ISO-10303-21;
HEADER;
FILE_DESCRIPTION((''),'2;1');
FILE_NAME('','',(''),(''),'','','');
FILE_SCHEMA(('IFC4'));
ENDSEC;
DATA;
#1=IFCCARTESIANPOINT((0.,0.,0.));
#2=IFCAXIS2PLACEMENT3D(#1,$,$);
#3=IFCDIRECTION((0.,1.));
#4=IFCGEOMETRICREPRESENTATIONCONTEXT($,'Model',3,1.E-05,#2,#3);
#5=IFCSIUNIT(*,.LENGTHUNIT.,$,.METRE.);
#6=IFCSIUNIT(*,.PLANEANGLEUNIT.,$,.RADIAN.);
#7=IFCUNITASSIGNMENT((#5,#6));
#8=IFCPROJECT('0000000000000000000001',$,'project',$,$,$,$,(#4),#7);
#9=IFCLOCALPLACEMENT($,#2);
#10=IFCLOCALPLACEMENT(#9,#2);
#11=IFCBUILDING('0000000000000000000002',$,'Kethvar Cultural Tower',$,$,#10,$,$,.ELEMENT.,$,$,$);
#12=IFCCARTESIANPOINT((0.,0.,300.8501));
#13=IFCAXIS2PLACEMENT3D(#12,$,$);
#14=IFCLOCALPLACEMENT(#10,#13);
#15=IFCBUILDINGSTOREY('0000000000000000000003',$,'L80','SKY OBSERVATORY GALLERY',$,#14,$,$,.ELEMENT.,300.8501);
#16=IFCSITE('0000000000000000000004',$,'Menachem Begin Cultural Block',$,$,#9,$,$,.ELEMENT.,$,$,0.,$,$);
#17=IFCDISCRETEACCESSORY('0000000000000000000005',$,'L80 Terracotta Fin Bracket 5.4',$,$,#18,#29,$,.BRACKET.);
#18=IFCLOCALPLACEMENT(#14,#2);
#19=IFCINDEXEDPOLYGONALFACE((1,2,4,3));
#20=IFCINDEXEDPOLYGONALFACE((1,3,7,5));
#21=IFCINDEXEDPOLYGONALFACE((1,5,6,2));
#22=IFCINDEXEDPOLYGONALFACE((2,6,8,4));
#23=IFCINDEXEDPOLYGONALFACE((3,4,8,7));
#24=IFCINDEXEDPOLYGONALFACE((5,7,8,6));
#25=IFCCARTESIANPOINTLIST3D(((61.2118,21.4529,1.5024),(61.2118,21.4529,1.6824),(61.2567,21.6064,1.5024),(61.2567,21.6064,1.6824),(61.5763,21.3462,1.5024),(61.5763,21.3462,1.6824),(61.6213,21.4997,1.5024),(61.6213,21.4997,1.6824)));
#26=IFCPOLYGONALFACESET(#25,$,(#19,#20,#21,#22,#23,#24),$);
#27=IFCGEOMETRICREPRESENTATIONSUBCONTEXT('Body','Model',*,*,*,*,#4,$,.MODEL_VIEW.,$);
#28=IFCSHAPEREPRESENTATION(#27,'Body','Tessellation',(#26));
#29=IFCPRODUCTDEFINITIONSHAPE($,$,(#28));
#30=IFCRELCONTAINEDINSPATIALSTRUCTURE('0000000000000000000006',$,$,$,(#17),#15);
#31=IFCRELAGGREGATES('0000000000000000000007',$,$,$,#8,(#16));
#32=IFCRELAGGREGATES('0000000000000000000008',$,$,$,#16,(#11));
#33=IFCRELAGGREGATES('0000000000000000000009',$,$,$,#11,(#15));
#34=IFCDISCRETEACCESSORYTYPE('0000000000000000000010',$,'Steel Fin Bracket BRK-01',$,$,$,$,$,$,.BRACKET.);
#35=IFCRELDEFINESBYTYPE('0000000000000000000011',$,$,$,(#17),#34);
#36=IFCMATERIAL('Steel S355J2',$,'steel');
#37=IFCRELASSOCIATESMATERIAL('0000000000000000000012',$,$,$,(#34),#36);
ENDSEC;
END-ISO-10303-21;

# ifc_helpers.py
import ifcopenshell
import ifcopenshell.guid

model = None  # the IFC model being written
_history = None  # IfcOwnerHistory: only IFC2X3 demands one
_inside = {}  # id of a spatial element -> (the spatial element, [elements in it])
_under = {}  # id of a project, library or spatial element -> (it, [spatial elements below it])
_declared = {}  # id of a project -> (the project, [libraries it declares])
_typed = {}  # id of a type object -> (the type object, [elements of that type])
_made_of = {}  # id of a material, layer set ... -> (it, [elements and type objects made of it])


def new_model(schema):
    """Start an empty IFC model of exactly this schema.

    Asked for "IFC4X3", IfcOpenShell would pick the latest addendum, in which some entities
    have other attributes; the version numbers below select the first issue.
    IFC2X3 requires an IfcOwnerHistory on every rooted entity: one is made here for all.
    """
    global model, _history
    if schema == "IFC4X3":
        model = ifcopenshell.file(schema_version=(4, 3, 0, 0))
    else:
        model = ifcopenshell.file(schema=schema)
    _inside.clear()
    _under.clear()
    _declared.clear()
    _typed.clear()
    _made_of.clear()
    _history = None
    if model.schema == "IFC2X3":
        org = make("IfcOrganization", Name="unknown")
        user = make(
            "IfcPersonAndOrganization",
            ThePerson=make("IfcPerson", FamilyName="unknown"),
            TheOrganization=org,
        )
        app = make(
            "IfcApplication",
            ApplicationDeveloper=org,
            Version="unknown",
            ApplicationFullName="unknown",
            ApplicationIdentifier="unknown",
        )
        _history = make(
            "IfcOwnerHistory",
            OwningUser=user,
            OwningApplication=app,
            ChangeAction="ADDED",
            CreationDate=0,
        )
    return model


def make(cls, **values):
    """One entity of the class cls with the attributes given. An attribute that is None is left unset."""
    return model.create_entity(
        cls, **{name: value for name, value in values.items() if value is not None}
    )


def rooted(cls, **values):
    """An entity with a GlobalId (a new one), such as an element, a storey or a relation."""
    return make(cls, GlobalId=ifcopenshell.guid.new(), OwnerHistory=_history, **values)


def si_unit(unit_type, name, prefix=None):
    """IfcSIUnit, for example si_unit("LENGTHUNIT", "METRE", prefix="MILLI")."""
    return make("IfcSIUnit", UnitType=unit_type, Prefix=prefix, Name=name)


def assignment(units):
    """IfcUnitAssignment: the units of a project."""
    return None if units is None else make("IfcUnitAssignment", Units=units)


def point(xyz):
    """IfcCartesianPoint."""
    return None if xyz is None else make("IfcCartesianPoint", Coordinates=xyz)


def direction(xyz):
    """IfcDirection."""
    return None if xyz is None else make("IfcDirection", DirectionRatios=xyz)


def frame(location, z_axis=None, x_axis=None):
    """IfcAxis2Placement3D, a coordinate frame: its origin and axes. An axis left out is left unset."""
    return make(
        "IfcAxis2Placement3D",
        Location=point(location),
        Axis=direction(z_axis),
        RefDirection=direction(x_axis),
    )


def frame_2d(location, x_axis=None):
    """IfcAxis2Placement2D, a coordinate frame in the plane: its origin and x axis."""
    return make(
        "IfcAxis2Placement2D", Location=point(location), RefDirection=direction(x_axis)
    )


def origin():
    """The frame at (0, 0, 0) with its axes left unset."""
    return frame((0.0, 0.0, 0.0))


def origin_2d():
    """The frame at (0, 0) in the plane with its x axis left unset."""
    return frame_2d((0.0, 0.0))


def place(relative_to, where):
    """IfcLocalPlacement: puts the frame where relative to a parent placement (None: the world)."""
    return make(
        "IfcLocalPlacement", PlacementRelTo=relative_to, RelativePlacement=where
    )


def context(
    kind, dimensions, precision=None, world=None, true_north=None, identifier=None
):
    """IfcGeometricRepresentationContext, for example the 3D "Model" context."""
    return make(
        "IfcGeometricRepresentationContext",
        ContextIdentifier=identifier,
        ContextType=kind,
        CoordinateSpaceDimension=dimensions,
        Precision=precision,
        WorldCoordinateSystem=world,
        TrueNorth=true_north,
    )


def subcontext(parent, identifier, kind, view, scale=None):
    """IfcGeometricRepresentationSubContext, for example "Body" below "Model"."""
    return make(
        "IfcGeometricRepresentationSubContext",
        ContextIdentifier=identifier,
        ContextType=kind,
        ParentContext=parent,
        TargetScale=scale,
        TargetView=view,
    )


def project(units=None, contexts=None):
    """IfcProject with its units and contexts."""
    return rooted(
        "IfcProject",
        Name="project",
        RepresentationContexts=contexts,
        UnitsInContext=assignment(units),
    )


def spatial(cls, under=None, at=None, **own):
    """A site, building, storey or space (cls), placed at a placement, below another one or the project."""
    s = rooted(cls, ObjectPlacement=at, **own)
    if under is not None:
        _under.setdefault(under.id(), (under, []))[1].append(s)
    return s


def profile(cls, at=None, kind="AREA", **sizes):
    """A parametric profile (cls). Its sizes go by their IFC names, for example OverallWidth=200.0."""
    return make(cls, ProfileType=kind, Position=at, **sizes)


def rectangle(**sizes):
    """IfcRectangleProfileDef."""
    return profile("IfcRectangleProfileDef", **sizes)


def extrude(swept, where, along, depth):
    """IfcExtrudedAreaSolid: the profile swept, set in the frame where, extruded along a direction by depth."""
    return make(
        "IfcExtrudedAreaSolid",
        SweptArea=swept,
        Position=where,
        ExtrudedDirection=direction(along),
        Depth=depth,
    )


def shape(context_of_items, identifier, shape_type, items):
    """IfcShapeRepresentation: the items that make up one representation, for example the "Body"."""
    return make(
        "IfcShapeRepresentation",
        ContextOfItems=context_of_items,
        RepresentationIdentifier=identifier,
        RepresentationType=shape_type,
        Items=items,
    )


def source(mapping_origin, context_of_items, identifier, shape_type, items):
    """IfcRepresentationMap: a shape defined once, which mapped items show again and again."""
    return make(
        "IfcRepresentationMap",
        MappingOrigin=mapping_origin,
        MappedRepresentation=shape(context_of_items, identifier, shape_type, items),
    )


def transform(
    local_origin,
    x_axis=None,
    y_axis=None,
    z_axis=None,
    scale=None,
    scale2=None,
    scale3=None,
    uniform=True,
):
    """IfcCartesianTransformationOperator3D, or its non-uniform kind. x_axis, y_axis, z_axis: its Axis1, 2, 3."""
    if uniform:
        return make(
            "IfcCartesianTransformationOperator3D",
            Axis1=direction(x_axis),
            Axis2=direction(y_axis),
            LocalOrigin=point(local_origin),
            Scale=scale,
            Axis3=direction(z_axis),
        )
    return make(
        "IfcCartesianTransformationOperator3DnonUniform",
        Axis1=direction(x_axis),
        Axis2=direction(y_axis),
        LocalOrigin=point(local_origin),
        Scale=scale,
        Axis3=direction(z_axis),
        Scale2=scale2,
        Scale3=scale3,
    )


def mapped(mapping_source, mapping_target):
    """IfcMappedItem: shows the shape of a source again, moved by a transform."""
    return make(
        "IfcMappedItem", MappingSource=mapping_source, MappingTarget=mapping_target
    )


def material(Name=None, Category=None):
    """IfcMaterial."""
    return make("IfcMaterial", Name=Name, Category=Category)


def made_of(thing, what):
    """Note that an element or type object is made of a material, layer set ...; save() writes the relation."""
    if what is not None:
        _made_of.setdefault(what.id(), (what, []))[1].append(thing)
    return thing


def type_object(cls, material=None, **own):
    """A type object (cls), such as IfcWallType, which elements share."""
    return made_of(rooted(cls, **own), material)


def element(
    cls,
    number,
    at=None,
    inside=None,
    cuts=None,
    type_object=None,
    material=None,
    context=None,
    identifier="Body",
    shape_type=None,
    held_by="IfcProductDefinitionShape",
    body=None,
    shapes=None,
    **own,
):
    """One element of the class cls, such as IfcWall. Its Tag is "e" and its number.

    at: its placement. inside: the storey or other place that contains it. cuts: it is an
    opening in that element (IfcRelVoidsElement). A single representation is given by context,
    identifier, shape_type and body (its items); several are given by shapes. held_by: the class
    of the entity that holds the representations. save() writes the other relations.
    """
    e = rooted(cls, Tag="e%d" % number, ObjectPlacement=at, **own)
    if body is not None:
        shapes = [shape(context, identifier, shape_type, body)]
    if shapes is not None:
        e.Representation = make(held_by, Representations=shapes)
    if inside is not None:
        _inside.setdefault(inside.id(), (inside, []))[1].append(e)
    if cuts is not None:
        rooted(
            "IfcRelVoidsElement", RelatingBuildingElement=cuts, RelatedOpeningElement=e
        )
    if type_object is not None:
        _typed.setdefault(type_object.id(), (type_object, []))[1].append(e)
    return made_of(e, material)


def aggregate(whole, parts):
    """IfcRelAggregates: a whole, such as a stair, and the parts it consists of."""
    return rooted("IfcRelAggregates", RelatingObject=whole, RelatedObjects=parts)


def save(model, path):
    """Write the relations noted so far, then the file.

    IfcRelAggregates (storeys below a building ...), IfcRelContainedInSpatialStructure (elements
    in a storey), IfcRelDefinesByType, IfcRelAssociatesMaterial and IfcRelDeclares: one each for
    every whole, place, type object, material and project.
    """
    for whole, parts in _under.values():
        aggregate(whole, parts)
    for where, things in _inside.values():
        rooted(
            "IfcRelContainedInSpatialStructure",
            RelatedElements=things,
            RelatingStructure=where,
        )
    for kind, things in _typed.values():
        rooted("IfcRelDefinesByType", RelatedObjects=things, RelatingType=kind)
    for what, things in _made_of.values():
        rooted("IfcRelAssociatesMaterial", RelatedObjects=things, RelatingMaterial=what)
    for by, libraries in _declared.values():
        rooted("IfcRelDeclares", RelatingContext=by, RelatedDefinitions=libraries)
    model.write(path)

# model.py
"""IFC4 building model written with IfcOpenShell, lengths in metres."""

from ifc_helpers import new_model, si_unit, direction, frame, origin, origin_2d, place, context, subcontext, project, spatial, rectangle, extrude, source, transform, mapped, material, type_object, element, save


model = new_model("IFC4")

# Units and contexts
model_context = context("Model", 3, precision=1e-05, world=origin(), true_north=direction((0.0, 1.0)))
body_context = subcontext(model_context, "Body", "Model", "MODEL_VIEW")
ifc_project = project(units=[si_unit("LENGTHUNIT", "METRE"), si_unit("PLANEANGLEUNIT", "RADIAN")], contexts=[model_context])

# Site, building, storey
site_placement = place(None, origin())
site = spatial("IfcSite", under=ifc_project, at=site_placement, Name="Menachem Begin Cultural Block", CompositionType="ELEMENT", RefElevation=0.0)
building_placement = place(site_placement, origin())
building = spatial("IfcBuilding", under=site, at=building_placement, Name="Kethvar Cultural Tower", CompositionType="ELEMENT")
storey_placement = place(building_placement, frame((0.0, 0.0, 300.8501)))
storey = spatial("IfcBuildingStorey", under=building, at=storey_placement, Name="L80", Description="SKY OBSERVATORY GALLERY", CompositionType="ELEMENT", Elevation=300.8501)

# Shared definitions
ifc_material_1 = material(Name="Steel S355J2", Category="steel")

# Discrete accessory
discrete_accessory_type = type_object("IfcDiscreteAccessoryType", Name="Steel Fin Bracket BRK-01", PredefinedType="BRACKET", material=ifc_material_1)
shared_shape_1 = source(origin(), body_context, "Body", "SweptSolid", [
    extrude(rectangle(XDim=0.3799, YDim=0.1599, at=origin_2d()), origin(), (0.0, 0.0, 1.0), 0.1799),
])
discrete_accessory_placement = place(storey_placement, frame((61.4165, 21.4763, 1.5024), z_axis=(0.0, 0.0, 1.0), x_axis=(0.959756, -0.280834, 0.0)))
element("IfcDiscreteAccessory", 1, at=discrete_accessory_placement, inside=storey, type_object=discrete_accessory_type, Name="L80 Terracotta Fin Bracket 5.4", PredefinedType="BRACKET", context=body_context, shape_type="MappedRepresentation", body=[
    mapped(shared_shape_1, transform((0.0, 0.0, 0.0), scale=1.0)),
])

save(model, "model.ifc")
